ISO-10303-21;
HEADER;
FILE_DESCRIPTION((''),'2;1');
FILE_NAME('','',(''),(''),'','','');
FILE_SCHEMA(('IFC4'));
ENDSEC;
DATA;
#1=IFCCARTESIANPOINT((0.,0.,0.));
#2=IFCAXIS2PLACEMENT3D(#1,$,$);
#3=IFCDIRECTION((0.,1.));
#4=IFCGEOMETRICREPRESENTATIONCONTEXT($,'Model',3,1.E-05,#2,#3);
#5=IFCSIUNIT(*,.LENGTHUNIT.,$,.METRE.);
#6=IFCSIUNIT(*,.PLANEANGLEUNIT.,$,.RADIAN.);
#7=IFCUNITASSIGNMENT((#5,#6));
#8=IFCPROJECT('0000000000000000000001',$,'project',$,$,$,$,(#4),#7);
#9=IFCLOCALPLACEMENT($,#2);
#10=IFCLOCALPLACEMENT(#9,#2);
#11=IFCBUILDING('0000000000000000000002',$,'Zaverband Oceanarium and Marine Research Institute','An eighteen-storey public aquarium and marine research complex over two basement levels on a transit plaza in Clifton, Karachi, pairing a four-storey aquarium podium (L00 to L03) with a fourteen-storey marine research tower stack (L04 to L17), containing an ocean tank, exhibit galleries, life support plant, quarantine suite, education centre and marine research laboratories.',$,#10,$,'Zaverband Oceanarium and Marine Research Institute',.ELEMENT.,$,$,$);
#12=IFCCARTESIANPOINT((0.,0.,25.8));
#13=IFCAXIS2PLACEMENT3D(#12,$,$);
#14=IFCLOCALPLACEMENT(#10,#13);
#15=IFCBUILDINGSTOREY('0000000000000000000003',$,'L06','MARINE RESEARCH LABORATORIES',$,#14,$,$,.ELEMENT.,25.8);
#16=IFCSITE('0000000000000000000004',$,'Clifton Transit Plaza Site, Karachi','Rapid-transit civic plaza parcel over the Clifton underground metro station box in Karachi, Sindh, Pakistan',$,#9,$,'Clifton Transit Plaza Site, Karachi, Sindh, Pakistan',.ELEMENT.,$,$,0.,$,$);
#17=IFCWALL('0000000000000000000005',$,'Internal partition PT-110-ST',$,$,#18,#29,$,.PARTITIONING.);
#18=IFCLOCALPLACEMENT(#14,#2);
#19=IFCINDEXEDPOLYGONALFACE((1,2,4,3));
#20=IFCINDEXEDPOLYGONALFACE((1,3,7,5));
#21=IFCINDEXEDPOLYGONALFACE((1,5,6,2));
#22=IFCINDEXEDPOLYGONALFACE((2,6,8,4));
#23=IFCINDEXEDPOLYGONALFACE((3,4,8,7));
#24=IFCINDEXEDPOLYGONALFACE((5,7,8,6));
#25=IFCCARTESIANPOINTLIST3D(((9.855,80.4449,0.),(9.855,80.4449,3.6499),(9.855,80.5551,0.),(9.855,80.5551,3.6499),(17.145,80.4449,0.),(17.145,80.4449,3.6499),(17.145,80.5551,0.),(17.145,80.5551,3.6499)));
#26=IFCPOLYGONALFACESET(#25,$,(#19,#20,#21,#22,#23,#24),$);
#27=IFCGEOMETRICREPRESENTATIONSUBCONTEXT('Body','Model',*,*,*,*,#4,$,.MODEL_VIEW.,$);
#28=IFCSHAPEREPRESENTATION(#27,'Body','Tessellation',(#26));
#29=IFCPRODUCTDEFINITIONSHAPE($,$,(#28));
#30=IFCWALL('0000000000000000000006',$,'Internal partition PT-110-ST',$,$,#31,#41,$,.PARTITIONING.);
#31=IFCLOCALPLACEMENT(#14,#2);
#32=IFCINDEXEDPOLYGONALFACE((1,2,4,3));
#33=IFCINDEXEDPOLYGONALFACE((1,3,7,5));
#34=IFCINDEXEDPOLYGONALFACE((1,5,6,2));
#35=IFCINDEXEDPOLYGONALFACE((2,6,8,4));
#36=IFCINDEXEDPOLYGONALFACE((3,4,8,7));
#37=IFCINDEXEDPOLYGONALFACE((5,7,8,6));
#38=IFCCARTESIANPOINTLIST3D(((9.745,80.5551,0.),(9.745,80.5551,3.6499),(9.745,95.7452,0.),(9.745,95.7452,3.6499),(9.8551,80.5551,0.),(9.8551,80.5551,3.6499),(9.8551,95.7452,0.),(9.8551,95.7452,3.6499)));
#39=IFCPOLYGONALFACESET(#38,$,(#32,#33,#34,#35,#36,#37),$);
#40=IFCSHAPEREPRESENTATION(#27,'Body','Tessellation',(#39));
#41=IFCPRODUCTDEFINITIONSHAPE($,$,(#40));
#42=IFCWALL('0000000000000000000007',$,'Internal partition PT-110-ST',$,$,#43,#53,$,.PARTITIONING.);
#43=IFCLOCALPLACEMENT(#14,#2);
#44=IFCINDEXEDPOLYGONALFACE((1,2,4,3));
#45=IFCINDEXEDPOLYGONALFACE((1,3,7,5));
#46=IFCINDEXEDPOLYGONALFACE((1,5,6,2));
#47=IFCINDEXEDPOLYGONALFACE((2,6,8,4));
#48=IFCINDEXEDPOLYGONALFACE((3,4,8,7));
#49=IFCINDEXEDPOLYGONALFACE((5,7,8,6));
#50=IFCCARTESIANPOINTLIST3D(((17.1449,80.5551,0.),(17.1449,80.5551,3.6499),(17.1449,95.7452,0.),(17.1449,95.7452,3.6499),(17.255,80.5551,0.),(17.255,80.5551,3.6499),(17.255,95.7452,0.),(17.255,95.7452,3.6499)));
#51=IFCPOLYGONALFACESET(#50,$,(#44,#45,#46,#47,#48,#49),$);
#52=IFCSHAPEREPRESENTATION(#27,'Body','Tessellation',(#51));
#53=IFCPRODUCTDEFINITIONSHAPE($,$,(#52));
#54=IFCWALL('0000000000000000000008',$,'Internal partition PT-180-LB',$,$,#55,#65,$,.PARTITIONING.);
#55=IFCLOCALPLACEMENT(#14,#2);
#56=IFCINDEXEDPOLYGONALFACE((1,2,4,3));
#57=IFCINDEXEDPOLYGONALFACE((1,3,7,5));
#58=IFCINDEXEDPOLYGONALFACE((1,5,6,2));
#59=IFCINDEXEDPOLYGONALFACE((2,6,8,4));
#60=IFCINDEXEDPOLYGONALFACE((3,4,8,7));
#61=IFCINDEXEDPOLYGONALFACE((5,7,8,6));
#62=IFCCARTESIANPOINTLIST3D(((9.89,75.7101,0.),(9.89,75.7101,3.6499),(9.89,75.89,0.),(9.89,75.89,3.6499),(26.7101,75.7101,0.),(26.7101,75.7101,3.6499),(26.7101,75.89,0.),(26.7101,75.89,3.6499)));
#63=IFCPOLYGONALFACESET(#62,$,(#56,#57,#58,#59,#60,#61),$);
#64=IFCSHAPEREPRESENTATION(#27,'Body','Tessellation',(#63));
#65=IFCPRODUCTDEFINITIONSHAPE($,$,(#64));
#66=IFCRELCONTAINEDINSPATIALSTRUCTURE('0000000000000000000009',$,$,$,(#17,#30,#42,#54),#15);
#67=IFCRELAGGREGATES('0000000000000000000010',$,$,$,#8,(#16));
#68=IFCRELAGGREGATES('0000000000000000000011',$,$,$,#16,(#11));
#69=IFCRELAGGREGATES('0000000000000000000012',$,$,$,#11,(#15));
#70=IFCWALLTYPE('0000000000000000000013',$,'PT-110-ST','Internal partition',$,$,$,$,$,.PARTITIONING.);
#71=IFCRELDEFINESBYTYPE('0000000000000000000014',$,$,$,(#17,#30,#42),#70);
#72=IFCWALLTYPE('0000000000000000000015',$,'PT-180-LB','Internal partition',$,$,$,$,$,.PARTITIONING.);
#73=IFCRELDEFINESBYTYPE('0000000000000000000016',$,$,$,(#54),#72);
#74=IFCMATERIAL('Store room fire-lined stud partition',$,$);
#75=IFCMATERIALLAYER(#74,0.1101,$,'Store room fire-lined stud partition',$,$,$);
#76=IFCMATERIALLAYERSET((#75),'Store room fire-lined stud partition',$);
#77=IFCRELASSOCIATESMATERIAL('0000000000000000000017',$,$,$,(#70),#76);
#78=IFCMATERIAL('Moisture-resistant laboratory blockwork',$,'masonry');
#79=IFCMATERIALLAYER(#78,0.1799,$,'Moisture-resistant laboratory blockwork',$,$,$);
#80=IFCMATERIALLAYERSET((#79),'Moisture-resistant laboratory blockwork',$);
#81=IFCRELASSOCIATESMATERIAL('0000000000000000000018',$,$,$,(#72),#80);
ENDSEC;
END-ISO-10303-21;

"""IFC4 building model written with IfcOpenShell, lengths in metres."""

from ifc_helpers import new_model, si_unit, direction, frame, frame_2d, origin, place, context, subcontext, project, spatial, rectangle, extrude, material, layer, layer_set, type_object, element, save


model = new_model("IFC4")

# Units and contexts
model_context = context("Model", 3, precision=1e-05, world=origin(), true_north=direction((0.0, 1.0)))
body_context = subcontext(model_context, "Body", "Model", "MODEL_VIEW")
ifc_project = project(units=[si_unit("LENGTHUNIT", "METRE"), si_unit("PLANEANGLEUNIT", "RADIAN")], contexts=[model_context])

# Site, building, storey
site_placement = place(None, origin())
site = spatial("IfcSite", under=ifc_project, at=site_placement, Name="Clifton Transit Plaza Site, Karachi", Description="Rapid-transit civic plaza parcel over the Clifton underground metro station box in Karachi, Sindh, Pakistan", LongName="Clifton Transit Plaza Site, Karachi, Sindh, Pakistan", CompositionType="ELEMENT", RefElevation=0.0)
building_placement = place(site_placement, origin())
building = spatial("IfcBuilding", under=site, at=building_placement, Name="Zaverband Oceanarium and Marine Research Institute", Description="An eighteen-storey public aquarium and marine research complex over two basement levels on a transit plaza in Clifton, Karachi, pairing a four-storey aquarium podium (L00 to L03) with a fourteen-storey marine research tower stack (L04 to L17), containing an ocean tank, exhibit galleries, life support plant, quarantine suite, education centre and marine research laboratories.", LongName="Zaverband Oceanarium and Marine Research Institute", CompositionType="ELEMENT")
storey_placement = place(building_placement, frame((0.0, 0.0, 25.8)))
storey = spatial("IfcBuildingStorey", under=building, at=storey_placement, Name="L06", Description="MARINE RESEARCH LABORATORIES", CompositionType="ELEMENT", Elevation=25.8)

# Walls
ifc_material_1 = material(Name="Store room fire-lined stud partition")
ifc_layer_1 = layer(ifc_material_1, 0.1101, Name="Store room fire-lined stud partition")
ifc_layer_set_1 = layer_set([ifc_layer_1], Name="Store room fire-lined stud partition")
wall_type_1 = type_object("IfcWallType", Name="PT-110-ST", Description="Internal partition", PredefinedType="PARTITIONING", material=ifc_layer_set_1)
wall_1_placement = place(storey_placement, frame((9.855, 80.5, 0.0), z_axis=(0.0, 0.0, 1.0), x_axis=(1.0, 0.0, 0.0)))
element("IfcWall", 1, at=wall_1_placement, inside=storey, type_object=wall_type_1, Name="Internal partition PT-110-ST", PredefinedType="PARTITIONING", context=body_context, shape_type="SweptSolid", body=[
    extrude(rectangle(XDim=7.29, YDim=0.1101, at=frame_2d((3.645, 0.0))), origin(), (0.0, 0.0, 1.0), 3.6499),
])
for number, where, z_axis, x_axis, name in (
    (2, (9.8, 80.5549, 0.0), (0.0, 0.0, 1.0), (0.0, 1.0, 0.0), "Internal partition PT-110-ST"),
    (3, (17.2, 80.5549, 0.0), (0.0, 0.0, 1.0), (0.0, 1.0, 0.0), "Internal partition PT-110-ST"),
):
    element("IfcWall", number, at=place(storey_placement, frame(where, z_axis=z_axis, x_axis=x_axis)), inside=storey, type_object=wall_type_1, Name=name, PredefinedType="PARTITIONING", context=body_context, shape_type="SweptSolid", body=[
        extrude(rectangle(XDim=15.1902, YDim=0.1101, at=frame_2d((7.5952, 0.0))), origin(), (0.0, 0.0, 1.0), 3.6499),
    ])
ifc_material_2 = material(Name="Moisture-resistant laboratory blockwork", Category="masonry")
ifc_layer_2 = layer(ifc_material_2, 0.1799, Name="Moisture-resistant laboratory blockwork")
ifc_layer_set_2 = layer_set([ifc_layer_2], Name="Moisture-resistant laboratory blockwork")
wall_type_2 = type_object("IfcWallType", Name="PT-180-LB", Description="Internal partition", PredefinedType="PARTITIONING", material=ifc_layer_set_2)
wall_2_placement = place(storey_placement, frame((9.8899, 75.8, 0.0), z_axis=(0.0, 0.0, 1.0), x_axis=(1.0, 0.0, 0.0)))
element("IfcWall", 4, at=wall_2_placement, inside=storey, type_object=wall_type_2, Name="Internal partition PT-180-LB", PredefinedType="PARTITIONING", context=body_context, shape_type="SweptSolid", body=[
    extrude(rectangle(XDim=16.8201, YDim=0.1799, at=frame_2d((8.4102, 0.0))), origin(), (0.0, 0.0, 1.0), 3.6499),
])

save(model, "model.ifc")
